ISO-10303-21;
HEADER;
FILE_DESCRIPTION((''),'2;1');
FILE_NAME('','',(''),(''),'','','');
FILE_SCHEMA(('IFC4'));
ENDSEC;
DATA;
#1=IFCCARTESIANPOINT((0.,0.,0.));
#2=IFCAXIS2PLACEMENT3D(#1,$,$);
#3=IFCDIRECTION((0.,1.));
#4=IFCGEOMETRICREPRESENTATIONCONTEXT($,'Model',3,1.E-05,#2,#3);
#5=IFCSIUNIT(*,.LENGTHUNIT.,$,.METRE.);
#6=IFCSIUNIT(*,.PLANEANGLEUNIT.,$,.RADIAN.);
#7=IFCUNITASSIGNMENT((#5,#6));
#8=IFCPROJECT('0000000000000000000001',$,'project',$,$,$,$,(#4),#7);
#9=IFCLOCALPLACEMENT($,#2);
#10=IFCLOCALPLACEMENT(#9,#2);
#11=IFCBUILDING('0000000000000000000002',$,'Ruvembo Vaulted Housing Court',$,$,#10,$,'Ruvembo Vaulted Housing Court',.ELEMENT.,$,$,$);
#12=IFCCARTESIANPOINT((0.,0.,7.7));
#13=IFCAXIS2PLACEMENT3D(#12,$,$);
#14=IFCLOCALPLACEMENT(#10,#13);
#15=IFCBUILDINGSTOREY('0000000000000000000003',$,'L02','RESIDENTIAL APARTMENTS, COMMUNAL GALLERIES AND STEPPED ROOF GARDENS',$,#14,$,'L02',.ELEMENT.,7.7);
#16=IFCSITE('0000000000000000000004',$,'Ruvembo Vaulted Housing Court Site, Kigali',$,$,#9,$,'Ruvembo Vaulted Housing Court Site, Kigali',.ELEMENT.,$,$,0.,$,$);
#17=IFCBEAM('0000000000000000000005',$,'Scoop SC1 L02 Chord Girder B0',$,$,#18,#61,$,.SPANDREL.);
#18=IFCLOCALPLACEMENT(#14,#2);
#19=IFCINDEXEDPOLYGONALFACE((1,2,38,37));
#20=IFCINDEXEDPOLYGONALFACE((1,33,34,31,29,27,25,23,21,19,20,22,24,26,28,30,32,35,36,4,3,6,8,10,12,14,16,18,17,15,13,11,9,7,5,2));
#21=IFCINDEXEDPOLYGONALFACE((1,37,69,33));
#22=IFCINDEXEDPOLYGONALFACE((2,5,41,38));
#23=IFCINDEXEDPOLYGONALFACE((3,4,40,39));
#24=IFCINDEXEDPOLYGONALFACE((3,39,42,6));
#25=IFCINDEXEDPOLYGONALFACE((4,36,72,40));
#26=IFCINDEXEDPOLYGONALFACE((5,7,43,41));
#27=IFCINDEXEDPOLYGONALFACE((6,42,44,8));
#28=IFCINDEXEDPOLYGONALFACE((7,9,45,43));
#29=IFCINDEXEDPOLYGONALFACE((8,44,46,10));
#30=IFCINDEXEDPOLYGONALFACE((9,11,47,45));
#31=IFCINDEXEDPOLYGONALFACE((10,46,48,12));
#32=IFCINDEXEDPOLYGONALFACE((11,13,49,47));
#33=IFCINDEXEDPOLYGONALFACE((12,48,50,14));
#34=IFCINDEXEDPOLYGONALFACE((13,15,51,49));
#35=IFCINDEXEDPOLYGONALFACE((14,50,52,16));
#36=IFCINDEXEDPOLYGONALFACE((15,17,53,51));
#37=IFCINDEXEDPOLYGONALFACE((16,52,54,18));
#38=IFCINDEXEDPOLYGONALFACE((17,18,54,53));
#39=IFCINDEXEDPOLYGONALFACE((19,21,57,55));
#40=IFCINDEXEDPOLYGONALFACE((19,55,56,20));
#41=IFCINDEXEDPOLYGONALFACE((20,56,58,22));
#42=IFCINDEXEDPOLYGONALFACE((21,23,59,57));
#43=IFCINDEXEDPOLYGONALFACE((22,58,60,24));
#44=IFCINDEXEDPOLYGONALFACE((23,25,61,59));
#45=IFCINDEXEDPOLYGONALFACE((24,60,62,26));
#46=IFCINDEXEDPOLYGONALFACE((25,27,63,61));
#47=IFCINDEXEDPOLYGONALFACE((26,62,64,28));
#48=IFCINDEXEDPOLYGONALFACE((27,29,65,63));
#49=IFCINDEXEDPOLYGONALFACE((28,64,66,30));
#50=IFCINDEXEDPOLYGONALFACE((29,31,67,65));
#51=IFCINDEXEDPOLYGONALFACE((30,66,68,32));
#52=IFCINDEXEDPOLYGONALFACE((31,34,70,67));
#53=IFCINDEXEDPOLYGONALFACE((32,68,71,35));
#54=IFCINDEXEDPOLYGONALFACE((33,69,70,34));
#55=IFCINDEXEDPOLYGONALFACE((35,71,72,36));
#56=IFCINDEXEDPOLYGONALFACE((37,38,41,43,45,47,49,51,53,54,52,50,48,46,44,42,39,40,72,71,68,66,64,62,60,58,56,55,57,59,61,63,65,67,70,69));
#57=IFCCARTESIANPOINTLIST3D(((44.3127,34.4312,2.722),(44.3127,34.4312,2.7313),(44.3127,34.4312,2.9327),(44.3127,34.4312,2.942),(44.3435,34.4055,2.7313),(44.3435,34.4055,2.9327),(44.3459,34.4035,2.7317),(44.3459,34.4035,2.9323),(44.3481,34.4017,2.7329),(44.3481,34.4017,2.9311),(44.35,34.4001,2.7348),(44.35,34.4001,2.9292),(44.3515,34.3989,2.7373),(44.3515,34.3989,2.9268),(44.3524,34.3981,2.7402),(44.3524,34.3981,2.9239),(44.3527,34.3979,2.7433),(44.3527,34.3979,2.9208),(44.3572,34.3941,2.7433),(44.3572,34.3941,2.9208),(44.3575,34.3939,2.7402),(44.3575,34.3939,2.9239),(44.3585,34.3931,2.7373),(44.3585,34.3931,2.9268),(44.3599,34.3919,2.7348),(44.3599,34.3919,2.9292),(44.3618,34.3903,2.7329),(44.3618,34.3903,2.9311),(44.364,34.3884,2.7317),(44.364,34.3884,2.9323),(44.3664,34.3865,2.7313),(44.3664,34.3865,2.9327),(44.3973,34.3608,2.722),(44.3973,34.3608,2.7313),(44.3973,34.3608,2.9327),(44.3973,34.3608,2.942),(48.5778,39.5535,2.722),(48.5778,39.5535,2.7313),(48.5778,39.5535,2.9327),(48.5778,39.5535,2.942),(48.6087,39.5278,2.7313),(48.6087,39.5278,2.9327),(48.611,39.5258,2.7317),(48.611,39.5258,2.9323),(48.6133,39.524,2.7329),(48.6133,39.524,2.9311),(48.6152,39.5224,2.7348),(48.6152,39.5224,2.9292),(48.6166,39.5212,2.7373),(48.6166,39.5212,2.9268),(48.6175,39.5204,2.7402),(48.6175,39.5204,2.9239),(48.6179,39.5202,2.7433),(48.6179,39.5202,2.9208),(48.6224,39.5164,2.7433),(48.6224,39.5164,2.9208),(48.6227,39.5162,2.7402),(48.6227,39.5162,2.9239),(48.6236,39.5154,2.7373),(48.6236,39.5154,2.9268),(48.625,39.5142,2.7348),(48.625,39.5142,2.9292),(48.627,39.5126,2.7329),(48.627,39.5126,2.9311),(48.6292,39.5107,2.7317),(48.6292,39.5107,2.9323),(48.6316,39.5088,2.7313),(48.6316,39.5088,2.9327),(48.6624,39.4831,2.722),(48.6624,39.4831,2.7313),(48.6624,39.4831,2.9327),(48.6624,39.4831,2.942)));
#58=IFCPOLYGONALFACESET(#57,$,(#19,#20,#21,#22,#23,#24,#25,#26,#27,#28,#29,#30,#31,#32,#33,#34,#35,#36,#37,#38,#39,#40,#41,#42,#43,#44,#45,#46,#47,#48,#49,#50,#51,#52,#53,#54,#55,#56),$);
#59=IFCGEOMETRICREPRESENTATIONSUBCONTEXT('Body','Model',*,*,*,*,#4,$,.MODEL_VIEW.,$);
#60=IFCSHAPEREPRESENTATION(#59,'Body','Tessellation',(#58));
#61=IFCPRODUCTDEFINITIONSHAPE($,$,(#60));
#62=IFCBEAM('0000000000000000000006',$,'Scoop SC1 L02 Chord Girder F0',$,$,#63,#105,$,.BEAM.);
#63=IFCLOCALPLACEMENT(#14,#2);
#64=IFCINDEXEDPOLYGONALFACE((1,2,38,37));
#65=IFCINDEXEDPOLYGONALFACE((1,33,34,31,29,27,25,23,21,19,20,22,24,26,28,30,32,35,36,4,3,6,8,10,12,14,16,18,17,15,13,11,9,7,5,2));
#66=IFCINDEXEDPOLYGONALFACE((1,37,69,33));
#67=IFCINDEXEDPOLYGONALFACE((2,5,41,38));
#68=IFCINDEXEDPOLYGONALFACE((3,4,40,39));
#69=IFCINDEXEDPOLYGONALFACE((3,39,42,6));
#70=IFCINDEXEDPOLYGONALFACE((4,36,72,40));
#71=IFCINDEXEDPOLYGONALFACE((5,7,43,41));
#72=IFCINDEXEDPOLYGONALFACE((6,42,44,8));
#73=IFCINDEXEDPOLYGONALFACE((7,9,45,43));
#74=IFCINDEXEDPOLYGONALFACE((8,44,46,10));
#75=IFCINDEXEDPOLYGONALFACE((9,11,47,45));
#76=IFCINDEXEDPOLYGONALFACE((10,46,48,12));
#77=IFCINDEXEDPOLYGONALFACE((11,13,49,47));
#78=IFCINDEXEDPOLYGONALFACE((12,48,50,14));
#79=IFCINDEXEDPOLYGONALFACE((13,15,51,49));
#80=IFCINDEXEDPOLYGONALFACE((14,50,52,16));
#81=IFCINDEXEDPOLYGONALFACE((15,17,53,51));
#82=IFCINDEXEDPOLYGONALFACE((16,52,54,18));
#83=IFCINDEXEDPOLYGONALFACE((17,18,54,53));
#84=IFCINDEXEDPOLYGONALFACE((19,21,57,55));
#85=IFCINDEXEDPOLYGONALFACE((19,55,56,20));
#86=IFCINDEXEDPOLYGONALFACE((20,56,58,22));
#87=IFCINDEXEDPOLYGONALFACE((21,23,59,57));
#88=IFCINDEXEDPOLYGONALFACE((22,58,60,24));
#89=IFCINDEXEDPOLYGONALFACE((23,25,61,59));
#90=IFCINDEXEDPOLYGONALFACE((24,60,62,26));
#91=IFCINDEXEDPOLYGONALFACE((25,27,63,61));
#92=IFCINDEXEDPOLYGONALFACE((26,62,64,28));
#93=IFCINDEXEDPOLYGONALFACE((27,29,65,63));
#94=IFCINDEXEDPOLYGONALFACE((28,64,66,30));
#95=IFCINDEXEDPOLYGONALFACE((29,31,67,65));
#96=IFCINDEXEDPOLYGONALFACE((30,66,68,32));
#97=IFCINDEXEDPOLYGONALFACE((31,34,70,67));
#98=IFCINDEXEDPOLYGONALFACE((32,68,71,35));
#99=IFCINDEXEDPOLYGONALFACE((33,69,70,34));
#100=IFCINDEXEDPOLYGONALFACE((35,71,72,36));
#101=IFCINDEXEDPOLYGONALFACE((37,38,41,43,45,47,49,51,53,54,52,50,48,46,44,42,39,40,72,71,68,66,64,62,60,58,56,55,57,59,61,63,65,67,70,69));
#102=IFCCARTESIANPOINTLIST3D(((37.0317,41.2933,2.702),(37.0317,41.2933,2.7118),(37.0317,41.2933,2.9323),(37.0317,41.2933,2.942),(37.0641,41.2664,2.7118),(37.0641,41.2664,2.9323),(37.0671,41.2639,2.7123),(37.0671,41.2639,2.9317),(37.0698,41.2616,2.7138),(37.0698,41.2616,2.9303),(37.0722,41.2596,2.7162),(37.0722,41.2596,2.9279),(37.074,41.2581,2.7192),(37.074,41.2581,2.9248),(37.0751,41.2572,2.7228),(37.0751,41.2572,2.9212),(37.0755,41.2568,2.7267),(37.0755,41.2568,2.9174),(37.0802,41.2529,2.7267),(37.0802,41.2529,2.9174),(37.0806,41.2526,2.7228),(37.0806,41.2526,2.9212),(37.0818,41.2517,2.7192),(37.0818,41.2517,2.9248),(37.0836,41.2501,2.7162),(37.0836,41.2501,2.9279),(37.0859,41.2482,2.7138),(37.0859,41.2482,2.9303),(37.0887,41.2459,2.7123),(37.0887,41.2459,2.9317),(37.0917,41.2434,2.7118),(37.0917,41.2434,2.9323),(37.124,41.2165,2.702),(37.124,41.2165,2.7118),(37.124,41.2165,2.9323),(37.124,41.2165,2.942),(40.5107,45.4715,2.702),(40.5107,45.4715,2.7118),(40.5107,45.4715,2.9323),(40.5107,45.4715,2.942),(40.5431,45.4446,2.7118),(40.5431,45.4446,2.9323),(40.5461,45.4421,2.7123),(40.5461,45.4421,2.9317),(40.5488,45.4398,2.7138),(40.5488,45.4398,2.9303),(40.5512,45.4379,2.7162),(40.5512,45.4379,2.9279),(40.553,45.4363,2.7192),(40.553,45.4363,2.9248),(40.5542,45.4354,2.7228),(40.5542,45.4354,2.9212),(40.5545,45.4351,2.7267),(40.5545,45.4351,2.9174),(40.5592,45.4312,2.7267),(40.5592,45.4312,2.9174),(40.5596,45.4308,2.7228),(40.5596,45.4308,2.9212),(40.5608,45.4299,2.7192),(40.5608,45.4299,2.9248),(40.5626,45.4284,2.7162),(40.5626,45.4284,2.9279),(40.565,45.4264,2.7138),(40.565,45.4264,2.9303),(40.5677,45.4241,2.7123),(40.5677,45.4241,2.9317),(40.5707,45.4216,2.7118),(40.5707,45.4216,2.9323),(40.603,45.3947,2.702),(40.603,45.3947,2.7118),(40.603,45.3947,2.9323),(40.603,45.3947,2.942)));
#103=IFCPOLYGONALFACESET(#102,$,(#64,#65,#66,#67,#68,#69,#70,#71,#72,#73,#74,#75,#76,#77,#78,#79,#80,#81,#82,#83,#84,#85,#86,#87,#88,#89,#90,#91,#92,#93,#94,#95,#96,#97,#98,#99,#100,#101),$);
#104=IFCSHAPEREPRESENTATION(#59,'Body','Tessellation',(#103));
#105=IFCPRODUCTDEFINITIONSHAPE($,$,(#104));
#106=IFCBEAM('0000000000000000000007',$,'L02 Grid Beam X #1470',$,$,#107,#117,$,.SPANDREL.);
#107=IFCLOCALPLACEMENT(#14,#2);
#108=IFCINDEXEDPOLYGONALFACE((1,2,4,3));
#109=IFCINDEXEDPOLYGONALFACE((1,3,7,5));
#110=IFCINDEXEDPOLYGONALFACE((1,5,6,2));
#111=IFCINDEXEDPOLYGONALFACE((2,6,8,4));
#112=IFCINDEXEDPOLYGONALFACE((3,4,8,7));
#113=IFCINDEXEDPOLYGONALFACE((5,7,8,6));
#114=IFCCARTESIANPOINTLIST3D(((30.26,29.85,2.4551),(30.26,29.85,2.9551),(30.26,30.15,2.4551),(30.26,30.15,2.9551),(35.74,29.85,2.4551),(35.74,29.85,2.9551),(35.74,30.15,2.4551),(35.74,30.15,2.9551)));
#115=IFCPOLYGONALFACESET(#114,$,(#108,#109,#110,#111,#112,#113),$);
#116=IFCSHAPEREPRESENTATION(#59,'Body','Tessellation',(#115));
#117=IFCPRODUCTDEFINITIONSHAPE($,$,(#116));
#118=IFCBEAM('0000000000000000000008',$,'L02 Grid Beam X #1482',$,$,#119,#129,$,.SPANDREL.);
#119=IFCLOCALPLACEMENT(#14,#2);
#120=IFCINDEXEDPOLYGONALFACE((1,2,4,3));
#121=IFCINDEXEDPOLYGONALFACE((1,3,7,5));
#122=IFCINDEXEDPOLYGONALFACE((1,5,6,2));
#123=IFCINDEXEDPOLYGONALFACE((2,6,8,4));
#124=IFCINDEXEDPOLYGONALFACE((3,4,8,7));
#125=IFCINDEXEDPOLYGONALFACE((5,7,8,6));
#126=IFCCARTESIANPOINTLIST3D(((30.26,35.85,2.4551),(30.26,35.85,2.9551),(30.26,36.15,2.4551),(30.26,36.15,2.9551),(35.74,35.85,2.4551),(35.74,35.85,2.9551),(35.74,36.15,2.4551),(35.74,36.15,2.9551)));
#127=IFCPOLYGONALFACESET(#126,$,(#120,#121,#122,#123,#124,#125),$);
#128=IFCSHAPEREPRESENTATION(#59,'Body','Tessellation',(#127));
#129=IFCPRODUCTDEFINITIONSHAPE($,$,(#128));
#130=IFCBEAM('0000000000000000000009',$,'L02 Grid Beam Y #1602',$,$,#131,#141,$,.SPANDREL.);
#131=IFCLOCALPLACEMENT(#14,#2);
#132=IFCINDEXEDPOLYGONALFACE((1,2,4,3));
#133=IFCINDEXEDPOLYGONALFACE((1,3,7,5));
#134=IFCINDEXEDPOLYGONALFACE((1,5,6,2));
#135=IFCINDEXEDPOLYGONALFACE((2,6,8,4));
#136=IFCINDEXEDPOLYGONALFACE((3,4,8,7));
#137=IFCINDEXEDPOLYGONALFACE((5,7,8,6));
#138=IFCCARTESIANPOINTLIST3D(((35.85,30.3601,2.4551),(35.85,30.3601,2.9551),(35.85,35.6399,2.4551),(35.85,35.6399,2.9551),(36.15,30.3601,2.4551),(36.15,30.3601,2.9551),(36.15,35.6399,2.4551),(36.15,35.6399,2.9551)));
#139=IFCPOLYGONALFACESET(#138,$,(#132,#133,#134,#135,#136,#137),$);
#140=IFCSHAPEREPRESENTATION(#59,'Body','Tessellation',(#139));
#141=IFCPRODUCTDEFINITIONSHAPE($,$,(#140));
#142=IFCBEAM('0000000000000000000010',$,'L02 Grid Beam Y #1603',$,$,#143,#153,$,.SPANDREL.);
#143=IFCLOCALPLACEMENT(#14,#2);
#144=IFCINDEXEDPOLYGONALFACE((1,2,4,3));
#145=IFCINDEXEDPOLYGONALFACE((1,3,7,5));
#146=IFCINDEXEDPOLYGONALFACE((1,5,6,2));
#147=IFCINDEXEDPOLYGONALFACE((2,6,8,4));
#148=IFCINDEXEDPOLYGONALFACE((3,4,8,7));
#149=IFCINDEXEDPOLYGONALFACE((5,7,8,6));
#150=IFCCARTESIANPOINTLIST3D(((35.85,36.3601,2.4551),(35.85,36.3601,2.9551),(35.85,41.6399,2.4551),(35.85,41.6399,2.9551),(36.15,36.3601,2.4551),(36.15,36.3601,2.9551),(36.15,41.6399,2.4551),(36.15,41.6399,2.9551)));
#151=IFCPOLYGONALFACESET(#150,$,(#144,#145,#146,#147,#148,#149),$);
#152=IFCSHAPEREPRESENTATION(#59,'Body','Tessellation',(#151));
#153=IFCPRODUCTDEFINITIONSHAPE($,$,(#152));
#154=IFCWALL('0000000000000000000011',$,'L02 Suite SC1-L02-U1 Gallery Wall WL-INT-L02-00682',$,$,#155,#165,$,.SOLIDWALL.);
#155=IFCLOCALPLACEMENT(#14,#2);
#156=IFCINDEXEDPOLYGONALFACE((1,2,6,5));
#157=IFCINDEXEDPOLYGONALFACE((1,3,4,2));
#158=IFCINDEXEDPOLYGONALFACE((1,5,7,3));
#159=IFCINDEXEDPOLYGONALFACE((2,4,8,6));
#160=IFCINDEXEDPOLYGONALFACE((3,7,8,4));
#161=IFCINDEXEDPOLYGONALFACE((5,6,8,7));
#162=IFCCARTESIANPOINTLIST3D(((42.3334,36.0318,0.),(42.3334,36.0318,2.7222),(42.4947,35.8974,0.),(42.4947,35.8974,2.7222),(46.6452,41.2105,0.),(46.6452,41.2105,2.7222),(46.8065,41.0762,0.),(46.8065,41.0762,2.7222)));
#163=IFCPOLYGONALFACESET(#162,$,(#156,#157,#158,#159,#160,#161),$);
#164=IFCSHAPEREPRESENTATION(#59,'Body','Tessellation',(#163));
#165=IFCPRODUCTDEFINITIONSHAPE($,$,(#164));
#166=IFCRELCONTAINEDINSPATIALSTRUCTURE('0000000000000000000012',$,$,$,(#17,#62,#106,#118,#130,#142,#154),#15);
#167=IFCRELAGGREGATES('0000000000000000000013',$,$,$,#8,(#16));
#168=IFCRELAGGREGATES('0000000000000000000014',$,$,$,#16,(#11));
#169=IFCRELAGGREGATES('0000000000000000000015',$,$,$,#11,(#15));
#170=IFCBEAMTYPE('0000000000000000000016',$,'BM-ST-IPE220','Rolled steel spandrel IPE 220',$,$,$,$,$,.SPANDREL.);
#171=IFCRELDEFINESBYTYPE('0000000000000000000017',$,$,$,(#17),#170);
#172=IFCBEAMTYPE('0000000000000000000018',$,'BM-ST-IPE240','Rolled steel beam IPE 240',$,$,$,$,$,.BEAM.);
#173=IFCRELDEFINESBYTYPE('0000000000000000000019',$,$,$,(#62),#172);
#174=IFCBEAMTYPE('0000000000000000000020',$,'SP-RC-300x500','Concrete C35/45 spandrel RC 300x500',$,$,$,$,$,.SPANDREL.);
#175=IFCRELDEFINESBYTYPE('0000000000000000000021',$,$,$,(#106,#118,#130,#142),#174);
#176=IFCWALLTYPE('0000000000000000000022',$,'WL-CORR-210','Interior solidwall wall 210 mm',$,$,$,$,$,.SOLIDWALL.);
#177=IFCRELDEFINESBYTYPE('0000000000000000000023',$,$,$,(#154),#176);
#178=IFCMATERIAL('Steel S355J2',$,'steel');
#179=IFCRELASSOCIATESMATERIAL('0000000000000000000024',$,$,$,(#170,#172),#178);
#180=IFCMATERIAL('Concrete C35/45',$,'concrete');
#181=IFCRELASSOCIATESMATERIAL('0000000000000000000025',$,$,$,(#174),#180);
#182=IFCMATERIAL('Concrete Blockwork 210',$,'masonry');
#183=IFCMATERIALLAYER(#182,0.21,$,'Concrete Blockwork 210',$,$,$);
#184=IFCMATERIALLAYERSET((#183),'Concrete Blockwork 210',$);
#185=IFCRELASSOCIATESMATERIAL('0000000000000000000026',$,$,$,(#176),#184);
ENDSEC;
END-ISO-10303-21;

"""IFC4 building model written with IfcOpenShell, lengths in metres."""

from ifc_helpers import new_model, si_unit, direction, frame, frame_2d, origin, origin_2d, place, context, subcontext, project, spatial, rectangle, i_section, extrude, material, layer, layer_set, material_profile, profile_set, type_object, element, save


model = new_model("IFC4")

# Units and contexts
model_context = context("Model", 3, precision=1e-05, world=origin(), true_north=direction((0.0, 1.0)))
body_context = subcontext(model_context, "Body", "Model", "MODEL_VIEW")
ifc_project = project(units=[si_unit("LENGTHUNIT", "METRE"), si_unit("PLANEANGLEUNIT", "RADIAN")], contexts=[model_context])

# Site, building, storey
site_placement = place(None, origin())
site = spatial("IfcSite", under=ifc_project, at=site_placement, Name="Ruvembo Vaulted Housing Court Site, Kigali", LongName="Ruvembo Vaulted Housing Court Site, Kigali", CompositionType="ELEMENT", RefElevation=0.0)
building_placement = place(site_placement, origin())
building = spatial("IfcBuilding", under=site, at=building_placement, Name="Ruvembo Vaulted Housing Court", LongName="Ruvembo Vaulted Housing Court", CompositionType="ELEMENT")
storey_placement = place(building_placement, frame((0.0, 0.0, 7.7)))
storey = spatial("IfcBuildingStorey", under=building, at=storey_placement, Name="L02", Description="RESIDENTIAL APARTMENTS, COMMUNAL GALLERIES AND STEPPED ROOF GARDENS", LongName="L02", CompositionType="ELEMENT", Elevation=7.7)

# Beams
ifc_material_1 = material(Name="Steel S355J2", Category="steel")
ifc_material_profile_1 = material_profile(ifc_material_1, i_section(OverallWidth=0.1101, OverallDepth=0.22, WebThickness=0.0059, FlangeThickness=0.0093, FilletRadius=0.012, at=origin_2d()), Name="IPE 220")
ifc_profile_set_1 = profile_set([ifc_material_profile_1], Name="Steel S355J2")
beam_type_1 = type_object("IfcBeamType", Name="BM-ST-IPE220", Description="Rolled steel spandrel IPE 220", PredefinedType="SPANDREL", material=ifc_profile_set_1)
beam_1_placement = place(storey_placement, frame((44.355, 34.396, 2.832), z_axis=(0.639878, 0.768476, 0.0), x_axis=(-0.768476, 0.639878, 0.0)))
element("IfcBeam", 1, at=beam_1_placement, inside=storey, type_object=beam_type_1, Name="Scoop SC1 L02 Chord Girder B0", PredefinedType="SPANDREL", context=body_context, shape_type="SweptSolid", body=[
    extrude(i_section(OverallWidth=0.1101, OverallDepth=0.22, WebThickness=0.0059, FlangeThickness=0.0093, FilletRadius=0.012, at=origin_2d()), origin(), (0.0, 0.0, 1.0), 6.6655),
])
ifc_material_profile_2 = material_profile(ifc_material_1, i_section(OverallWidth=0.1201, OverallDepth=0.24, WebThickness=0.0061, FlangeThickness=0.0098, FilletRadius=0.0149, at=origin_2d()), Name="IPE 240")
ifc_profile_set_2 = profile_set([ifc_material_profile_2], Name="Steel S355J2")
beam_type_2 = type_object("IfcBeamType", Name="BM-ST-IPE240", Description="Rolled steel beam IPE 240", PredefinedType="BEAM", material=ifc_profile_set_2)
beam_2_placement = place(storey_placement, frame((37.0779, 41.2549, 2.822), z_axis=(0.639875, 0.768479, 0.0), x_axis=(-0.768479, 0.639875, 0.0)))
element("IfcBeam", 2, at=beam_2_placement, inside=storey, type_object=beam_type_2, Name="Scoop SC1 L02 Chord Girder F0", PredefinedType="BEAM", context=body_context, shape_type="SweptSolid", body=[
    extrude(i_section(OverallWidth=0.1201, OverallDepth=0.24, WebThickness=0.0061, FlangeThickness=0.0098, FilletRadius=0.0149, at=origin_2d()), origin(), (0.0, 0.0, 1.0), 5.437),
])
ifc_material_2 = material(Name="Concrete C35/45", Category="concrete")
ifc_material_profile_3 = material_profile(ifc_material_2, rectangle(XDim=0.3, YDim=0.5, at=origin_2d()), Name="RC 300x500")
ifc_profile_set_3 = profile_set([ifc_material_profile_3], Name="Concrete C35/45")
beam_type_3 = type_object("IfcBeamType", Name="SP-RC-300x500", Description="Concrete C35/45 spandrel RC 300x500", PredefinedType="SPANDREL", material=ifc_profile_set_3)
for number, where, z_axis, x_axis, name in (
    (3, (30.26, 30.0, 2.7051), (1.0, 0.0, 0.0), (0.0, 1.0, 0.0), "L02 Grid Beam X #1470"),
    (4, (30.26, 36.0, 2.7051), (1.0, 0.0, 0.0), (0.0, 1.0, 0.0), "L02 Grid Beam X #1482"),
):
    element("IfcBeam", number, at=place(storey_placement, frame(where, z_axis=z_axis, x_axis=x_axis)), inside=storey, type_object=beam_type_3, Name=name, PredefinedType="SPANDREL", context=body_context, shape_type="SweptSolid", body=[
        extrude(rectangle(XDim=0.3, YDim=0.5, at=origin_2d()), origin(), (0.0, 0.0, 1.0), 5.48),
    ])
for number, where, z_axis, x_axis, name in (
    (5, (36.0, 30.3601, 2.7051), (0.0, 1.0, 0.0), (-1.0, 0.0, 0.0), "L02 Grid Beam Y #1602"),
    (6, (36.0, 36.3601, 2.7051), (0.0, 1.0, 0.0), (-1.0, 0.0, 0.0), "L02 Grid Beam Y #1603"),
):
    element("IfcBeam", number, at=place(storey_placement, frame(where, z_axis=z_axis, x_axis=x_axis)), inside=storey, type_object=beam_type_3, Name=name, PredefinedType="SPANDREL", context=body_context, shape_type="SweptSolid", body=[
        extrude(rectangle(XDim=0.3, YDim=0.5, at=origin_2d()), origin(), (0.0, 0.0, 1.0), 5.2798),
    ])

# Wall
ifc_material_3 = material(Name="Concrete Blockwork 210", Category="masonry")
ifc_layer_1 = layer(ifc_material_3, 0.21, Name="Concrete Blockwork 210")
ifc_layer_set_1 = layer_set([ifc_layer_1], Name="Concrete Blockwork 210")
wall_type_1 = type_object("IfcWallType", Name="WL-CORR-210", Description="Interior solidwall wall 210 mm", PredefinedType="SOLIDWALL", material=ifc_layer_set_1)
wall_1_placement = place(storey_placement, frame((42.4141, 35.9646, 0.0), z_axis=(0.0, 0.0, 1.0), x_axis=(0.639849, 0.7685, 0.0)))
element("IfcWall", 7, at=wall_1_placement, inside=storey, type_object=wall_type_1, Name="L02 Suite SC1-L02-U1 Gallery Wall WL-INT-L02-00682", PredefinedType="SOLIDWALL", context=body_context, shape_type="SweptSolid", body=[
    extrude(rectangle(XDim=6.7388, YDim=0.21, at=frame_2d((3.3694, 0.0))), origin(), (0.0, 0.0, 1.0), 2.7222),
])

save(model, "model.ifc")
